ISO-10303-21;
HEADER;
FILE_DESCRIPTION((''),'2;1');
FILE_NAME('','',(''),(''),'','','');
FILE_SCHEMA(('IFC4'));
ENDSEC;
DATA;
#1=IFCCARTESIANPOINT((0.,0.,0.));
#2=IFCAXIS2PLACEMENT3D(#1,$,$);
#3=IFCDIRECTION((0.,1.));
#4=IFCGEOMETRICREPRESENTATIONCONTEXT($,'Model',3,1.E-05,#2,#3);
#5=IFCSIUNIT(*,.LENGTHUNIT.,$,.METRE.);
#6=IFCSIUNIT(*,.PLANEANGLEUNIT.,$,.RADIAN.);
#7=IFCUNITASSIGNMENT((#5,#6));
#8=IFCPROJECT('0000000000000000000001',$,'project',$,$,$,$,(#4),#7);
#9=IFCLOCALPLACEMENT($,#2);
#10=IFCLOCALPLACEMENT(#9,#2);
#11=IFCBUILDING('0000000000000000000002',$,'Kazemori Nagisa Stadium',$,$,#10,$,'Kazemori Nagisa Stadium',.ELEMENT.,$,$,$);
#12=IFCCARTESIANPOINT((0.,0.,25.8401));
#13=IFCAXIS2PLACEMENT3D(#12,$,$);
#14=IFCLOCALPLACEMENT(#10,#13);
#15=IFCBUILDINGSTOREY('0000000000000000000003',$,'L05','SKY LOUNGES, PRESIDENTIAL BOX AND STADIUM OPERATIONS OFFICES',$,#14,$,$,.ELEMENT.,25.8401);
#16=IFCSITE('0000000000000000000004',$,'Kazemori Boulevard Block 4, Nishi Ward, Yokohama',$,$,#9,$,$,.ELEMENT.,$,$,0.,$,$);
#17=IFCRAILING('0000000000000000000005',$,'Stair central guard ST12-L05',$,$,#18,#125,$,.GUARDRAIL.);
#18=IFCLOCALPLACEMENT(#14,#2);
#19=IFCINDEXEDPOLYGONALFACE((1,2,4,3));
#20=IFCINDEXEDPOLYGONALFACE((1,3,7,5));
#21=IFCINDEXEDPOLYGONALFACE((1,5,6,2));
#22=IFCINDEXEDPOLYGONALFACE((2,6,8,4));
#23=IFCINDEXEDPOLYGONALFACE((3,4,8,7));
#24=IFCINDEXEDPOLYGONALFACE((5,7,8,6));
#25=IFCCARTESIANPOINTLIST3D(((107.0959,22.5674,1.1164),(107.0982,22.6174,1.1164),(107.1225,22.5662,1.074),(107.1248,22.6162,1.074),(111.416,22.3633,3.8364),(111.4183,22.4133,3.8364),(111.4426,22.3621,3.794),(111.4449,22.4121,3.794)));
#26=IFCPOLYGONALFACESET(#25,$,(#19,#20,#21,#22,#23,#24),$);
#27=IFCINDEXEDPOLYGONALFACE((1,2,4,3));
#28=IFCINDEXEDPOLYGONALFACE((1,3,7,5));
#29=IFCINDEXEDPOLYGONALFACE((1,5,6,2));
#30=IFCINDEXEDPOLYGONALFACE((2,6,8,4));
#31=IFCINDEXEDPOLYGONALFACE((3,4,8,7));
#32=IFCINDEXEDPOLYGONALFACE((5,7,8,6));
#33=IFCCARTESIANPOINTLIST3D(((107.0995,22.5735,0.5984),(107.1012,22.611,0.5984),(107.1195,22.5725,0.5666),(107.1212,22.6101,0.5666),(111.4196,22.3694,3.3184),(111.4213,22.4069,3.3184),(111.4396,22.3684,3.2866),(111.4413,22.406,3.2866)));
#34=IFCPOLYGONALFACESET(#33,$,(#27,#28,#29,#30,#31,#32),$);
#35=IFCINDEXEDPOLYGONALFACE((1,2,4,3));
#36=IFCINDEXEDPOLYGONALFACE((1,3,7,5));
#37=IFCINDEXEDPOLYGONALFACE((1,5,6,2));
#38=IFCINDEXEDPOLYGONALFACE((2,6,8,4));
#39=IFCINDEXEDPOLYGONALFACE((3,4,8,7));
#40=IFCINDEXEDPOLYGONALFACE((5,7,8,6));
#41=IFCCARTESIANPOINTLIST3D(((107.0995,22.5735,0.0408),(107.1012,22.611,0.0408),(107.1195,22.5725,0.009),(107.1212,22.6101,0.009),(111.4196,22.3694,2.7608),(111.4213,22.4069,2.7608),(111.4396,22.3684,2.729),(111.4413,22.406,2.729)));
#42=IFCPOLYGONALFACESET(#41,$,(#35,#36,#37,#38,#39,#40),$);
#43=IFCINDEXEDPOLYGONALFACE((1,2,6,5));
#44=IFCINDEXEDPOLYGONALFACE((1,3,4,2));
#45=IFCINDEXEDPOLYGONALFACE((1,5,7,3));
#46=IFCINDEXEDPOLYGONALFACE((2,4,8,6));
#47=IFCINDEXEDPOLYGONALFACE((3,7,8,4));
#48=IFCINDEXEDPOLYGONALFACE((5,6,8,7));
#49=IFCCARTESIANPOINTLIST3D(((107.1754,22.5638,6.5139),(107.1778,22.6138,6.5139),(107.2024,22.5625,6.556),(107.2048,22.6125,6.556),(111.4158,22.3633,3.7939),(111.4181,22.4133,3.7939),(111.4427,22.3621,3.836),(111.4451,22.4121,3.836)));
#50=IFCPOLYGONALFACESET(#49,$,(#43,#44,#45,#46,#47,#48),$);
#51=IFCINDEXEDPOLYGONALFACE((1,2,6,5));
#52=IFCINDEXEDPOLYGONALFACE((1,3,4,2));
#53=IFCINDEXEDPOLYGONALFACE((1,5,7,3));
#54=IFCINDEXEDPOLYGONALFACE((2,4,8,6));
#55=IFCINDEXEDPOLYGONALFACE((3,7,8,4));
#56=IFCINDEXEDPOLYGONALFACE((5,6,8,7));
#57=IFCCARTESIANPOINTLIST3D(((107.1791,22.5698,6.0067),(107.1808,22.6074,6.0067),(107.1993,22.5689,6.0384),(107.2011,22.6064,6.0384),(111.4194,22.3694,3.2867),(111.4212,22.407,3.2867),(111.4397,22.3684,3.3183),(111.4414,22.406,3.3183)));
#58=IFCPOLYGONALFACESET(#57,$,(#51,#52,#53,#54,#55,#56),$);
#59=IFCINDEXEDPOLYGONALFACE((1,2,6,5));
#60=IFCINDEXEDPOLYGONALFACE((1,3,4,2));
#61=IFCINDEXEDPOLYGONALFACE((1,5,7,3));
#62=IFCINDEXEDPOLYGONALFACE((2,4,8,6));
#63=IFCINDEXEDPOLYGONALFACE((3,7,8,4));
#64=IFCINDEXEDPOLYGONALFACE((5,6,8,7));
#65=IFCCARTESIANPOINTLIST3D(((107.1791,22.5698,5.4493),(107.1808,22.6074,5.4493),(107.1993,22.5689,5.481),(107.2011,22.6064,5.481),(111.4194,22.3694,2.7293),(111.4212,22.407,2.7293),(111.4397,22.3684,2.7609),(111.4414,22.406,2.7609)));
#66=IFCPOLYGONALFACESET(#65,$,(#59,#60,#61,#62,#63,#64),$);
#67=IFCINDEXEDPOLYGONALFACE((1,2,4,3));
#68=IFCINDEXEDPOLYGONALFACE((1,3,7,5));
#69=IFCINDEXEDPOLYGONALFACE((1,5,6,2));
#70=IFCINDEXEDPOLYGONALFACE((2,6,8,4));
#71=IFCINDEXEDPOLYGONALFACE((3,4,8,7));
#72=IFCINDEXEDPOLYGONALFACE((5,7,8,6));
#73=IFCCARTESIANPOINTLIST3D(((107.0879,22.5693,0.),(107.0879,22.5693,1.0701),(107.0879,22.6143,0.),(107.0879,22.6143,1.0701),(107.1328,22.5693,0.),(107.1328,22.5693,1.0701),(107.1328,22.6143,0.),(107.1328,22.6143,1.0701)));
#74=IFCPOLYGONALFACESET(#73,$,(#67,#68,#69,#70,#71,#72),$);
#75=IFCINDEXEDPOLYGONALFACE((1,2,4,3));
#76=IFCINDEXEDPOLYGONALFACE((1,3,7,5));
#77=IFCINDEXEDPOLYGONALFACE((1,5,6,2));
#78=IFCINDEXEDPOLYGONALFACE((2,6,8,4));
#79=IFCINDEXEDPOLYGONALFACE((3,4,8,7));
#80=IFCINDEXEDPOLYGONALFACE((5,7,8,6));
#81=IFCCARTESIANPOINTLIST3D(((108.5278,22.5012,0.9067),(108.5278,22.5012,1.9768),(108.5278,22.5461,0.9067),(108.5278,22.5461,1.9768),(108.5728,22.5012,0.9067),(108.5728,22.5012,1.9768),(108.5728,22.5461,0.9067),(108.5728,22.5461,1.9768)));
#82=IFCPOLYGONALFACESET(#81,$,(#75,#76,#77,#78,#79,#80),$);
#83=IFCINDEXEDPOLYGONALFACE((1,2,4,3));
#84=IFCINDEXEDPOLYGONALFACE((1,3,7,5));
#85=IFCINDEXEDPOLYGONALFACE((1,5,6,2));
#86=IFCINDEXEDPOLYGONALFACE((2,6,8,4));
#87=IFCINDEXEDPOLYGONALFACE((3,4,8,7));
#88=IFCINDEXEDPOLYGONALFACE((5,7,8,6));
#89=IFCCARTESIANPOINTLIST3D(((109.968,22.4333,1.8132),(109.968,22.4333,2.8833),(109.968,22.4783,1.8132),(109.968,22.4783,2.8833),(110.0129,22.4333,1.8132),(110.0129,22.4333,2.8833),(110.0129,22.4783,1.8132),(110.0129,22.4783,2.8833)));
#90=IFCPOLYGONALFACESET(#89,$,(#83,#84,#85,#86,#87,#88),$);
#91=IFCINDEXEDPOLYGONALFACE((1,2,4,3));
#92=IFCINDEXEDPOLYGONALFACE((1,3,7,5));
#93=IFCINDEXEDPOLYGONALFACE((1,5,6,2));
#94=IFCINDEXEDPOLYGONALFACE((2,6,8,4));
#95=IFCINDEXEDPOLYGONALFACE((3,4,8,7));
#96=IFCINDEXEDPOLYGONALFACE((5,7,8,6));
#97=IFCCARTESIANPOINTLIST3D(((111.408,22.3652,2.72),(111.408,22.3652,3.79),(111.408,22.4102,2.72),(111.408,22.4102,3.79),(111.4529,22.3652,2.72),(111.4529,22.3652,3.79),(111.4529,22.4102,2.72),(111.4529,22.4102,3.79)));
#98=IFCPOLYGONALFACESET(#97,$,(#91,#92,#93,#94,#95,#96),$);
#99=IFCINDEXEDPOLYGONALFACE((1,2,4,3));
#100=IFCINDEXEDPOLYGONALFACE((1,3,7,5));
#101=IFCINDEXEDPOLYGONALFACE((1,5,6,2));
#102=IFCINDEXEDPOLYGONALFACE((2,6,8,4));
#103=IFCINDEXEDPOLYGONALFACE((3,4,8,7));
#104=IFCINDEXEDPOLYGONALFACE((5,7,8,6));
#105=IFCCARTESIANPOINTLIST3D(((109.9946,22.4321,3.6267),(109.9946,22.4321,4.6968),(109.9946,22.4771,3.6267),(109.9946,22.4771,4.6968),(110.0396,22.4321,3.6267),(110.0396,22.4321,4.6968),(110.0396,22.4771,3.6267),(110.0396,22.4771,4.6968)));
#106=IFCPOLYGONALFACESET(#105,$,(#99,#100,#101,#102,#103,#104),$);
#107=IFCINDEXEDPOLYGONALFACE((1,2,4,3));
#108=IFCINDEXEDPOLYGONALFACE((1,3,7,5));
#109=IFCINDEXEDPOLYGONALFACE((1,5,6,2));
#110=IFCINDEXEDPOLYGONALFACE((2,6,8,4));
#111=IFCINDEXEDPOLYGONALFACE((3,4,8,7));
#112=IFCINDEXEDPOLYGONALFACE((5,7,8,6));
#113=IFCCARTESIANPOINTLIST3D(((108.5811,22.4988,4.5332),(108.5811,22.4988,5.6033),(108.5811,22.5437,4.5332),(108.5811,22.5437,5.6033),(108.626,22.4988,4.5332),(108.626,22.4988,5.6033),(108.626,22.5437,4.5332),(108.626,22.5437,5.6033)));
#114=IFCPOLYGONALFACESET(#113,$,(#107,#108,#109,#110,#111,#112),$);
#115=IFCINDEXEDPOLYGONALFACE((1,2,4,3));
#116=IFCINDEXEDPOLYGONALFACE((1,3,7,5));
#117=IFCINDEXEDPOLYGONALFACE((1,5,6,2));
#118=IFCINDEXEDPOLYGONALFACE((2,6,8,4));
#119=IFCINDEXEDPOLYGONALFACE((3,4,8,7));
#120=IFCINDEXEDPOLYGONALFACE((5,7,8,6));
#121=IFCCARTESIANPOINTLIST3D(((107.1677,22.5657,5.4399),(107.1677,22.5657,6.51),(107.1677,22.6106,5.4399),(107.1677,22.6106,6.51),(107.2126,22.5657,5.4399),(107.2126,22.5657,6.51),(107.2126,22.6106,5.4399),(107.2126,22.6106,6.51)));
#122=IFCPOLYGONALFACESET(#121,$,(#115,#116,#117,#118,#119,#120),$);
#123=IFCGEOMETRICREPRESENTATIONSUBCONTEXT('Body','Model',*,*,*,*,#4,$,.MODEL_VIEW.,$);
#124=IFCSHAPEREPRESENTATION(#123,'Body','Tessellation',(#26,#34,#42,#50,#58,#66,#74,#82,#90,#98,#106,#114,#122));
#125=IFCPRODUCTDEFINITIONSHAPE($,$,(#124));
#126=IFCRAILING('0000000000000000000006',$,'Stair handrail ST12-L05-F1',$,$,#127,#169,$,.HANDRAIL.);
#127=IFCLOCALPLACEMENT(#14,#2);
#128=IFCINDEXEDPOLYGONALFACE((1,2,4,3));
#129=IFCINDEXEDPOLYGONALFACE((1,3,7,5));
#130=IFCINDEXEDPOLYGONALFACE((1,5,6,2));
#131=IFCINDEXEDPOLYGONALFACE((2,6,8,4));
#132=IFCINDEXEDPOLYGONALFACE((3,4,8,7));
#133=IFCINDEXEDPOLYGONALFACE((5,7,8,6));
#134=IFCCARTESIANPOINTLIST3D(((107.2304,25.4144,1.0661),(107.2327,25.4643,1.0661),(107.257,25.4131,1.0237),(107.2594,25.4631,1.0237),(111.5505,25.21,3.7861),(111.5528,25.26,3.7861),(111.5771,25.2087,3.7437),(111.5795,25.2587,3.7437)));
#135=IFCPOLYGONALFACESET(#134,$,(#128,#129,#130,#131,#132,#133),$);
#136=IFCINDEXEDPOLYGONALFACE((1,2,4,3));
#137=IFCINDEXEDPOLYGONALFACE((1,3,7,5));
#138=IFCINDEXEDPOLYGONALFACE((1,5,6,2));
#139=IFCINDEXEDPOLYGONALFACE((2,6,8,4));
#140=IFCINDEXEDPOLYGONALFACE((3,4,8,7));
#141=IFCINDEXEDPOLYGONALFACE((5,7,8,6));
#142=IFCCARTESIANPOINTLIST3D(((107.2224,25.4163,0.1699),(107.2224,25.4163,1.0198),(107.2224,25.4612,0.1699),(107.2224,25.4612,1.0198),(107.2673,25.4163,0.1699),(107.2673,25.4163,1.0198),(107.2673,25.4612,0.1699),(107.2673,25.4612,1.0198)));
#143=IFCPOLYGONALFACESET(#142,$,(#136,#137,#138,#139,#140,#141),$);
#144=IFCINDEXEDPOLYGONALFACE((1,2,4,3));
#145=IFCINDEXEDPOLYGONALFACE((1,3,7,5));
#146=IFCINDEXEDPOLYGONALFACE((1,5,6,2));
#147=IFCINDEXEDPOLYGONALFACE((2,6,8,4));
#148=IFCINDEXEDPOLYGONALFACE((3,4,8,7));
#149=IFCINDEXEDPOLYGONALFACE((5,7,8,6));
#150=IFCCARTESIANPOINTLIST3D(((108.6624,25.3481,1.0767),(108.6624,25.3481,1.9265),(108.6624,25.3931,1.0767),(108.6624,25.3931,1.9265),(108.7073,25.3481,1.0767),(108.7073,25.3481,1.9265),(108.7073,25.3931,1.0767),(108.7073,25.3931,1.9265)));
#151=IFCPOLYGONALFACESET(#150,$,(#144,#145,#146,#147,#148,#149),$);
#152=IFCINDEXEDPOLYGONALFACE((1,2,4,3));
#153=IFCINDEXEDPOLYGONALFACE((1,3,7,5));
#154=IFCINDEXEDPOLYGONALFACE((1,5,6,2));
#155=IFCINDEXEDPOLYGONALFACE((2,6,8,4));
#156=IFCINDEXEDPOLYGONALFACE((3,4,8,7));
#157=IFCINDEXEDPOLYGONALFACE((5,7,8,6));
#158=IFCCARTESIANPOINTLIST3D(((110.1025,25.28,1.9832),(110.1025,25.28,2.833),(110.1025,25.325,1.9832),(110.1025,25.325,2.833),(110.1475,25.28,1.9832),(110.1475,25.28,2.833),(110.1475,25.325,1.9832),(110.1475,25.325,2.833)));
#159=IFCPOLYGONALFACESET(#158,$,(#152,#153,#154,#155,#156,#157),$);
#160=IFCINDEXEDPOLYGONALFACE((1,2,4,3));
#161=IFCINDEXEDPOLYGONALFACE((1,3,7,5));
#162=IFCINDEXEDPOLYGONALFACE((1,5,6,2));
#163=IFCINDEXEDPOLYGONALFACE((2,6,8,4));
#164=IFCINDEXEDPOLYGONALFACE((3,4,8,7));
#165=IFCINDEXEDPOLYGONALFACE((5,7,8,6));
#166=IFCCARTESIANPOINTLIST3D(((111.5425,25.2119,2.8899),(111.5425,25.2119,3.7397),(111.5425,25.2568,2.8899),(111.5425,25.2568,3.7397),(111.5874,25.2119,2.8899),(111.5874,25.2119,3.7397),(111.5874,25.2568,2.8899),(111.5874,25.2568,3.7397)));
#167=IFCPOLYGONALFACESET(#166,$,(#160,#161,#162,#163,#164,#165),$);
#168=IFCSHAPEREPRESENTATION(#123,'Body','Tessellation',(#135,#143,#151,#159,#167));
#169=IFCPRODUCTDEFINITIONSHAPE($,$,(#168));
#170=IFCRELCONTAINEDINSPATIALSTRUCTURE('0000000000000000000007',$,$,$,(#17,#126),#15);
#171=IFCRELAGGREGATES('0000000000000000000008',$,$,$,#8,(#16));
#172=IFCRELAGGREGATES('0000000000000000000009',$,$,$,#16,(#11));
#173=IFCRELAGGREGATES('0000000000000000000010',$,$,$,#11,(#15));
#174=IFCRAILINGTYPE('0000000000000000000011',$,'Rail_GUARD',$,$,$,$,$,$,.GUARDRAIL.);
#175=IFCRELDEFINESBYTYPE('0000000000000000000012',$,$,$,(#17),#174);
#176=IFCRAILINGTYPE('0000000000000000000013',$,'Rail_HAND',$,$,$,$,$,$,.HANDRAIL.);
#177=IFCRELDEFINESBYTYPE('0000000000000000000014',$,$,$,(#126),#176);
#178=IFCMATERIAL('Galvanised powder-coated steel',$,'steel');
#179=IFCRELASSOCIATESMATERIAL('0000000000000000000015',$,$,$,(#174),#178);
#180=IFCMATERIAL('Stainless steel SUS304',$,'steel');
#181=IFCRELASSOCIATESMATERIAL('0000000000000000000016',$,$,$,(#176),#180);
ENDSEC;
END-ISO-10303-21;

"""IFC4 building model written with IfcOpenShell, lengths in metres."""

from ifc_helpers import new_model, si_unit, direction, frame, origin, origin_2d, place, context, subcontext, project, spatial, rectangle, extrude, material, type_object, element, save


model = new_model("IFC4")

# Units and contexts
model_context = context("Model", 3, precision=1e-05, world=origin(), true_north=direction((0.0, 1.0)))
body_context = subcontext(model_context, "Body", "Model", "MODEL_VIEW")
ifc_project = project(units=[si_unit("LENGTHUNIT", "METRE"), si_unit("PLANEANGLEUNIT", "RADIAN")], contexts=[model_context])

# Site, building, storey
site_placement = place(None, origin())
site = spatial("IfcSite", under=ifc_project, at=site_placement, Name="Kazemori Boulevard Block 4, Nishi Ward, Yokohama", CompositionType="ELEMENT", RefElevation=0.0)
building_placement = place(site_placement, origin())
building = spatial("IfcBuilding", under=site, at=building_placement, Name="Kazemori Nagisa Stadium", LongName="Kazemori Nagisa Stadium", CompositionType="ELEMENT")
storey_placement = place(building_placement, frame((0.0, 0.0, 25.8401)))
storey = spatial("IfcBuildingStorey", under=building, at=storey_placement, Name="L05", Description="SKY LOUNGES, PRESIDENTIAL BOX AND STADIUM OPERATIONS OFFICES", CompositionType="ELEMENT", Elevation=25.8401)

# Railings
ifc_material_1 = material(Name="Galvanised powder-coated steel", Category="steel")
railing_type_1 = type_object("IfcRailingType", Name="Rail_GUARD", PredefinedType="GUARDRAIL", material=ifc_material_1)
railing_1_placement = place(storey_placement, frame((107.1104, 22.5918, 0.0)))
element("IfcRailing", 1, at=railing_1_placement, inside=storey, type_object=railing_type_1, Name="Stair central guard ST12-L05", PredefinedType="GUARDRAIL", context=body_context, shape_type="SweptSolid", body=[
    extrude(rectangle(XDim=0.05, YDim=0.05, at=origin_2d()), frame((0.0, 0.0, 1.0952), z_axis=(0.845564, -0.039949, 0.532378), x_axis=(0.047192, 0.998886, 0.0)), (0.0, 0.0, 1.0), 5.1091),
    extrude(rectangle(XDim=0.0376, YDim=0.0376, at=origin_2d()), frame((0.0, 0.0, 0.5825), z_axis=(0.845564, -0.039949, 0.532378), x_axis=(0.047192, 0.998886, 0.0)), (0.0, 0.0, 1.0), 5.1091),
    extrude(rectangle(XDim=0.0376, YDim=0.0376, at=origin_2d()), frame((0.0, 0.0, 0.0249), z_axis=(0.845564, -0.039949, 0.532378), x_axis=(0.047192, 0.998886, 0.0)), (0.0, 0.0, 1.0), 5.1091),
    extrude(rectangle(XDim=0.05, YDim=0.05, at=origin_2d()), frame((4.3201, -0.2041, 3.8149), z_axis=(-0.841045, 0.039757, 0.539503), x_axis=(-0.047218, -0.998885, 0.0)), (0.0, 0.0, 1.0), 5.0417),
    extrude(rectangle(XDim=0.0376, YDim=0.0376, at=origin_2d()), frame((4.3201, -0.2041, 3.3025), z_axis=(-0.841045, 0.039757, 0.539503), x_axis=(-0.047218, -0.998885, 0.0)), (0.0, 0.0, 1.0), 5.0417),
    extrude(rectangle(XDim=0.0376, YDim=0.0376, at=origin_2d()), frame((4.3201, -0.2041, 2.7451), z_axis=(-0.841045, 0.039757, 0.539503), x_axis=(-0.047218, -0.998885, 0.0)), (0.0, 0.0, 1.0), 5.0417),
    extrude(rectangle(XDim=0.0449, YDim=0.0449, at=origin_2d()), origin(), (0.0, 0.0, 1.0), 1.0701),
    extrude(rectangle(XDim=0.0449, YDim=0.0449, at=origin_2d()), frame((1.4399, -0.0681, 0.9067)), (0.0, 0.0, 1.0), 1.0701),
    extrude(rectangle(XDim=0.0449, YDim=0.0449, at=origin_2d()), frame((2.8801, -0.136, 1.8132)), (0.0, 0.0, 1.0), 1.0701),
    extrude(rectangle(XDim=0.0449, YDim=0.0449, at=origin_2d()), frame((4.3201, -0.2041, 2.72)), (0.0, 0.0, 1.0), 1.0701),
    extrude(rectangle(XDim=0.0449, YDim=0.0449, at=origin_2d()), frame((2.9067, -0.1372, 3.6267)), (0.0, 0.0, 1.0), 1.0701),
    extrude(rectangle(XDim=0.0449, YDim=0.0449, at=origin_2d()), frame((1.4932, -0.0706, 4.5332)), (0.0, 0.0, 1.0), 1.0701),
    extrude(rectangle(XDim=0.0449, YDim=0.0449, at=origin_2d()), frame((0.0798, -0.0037, 5.4399)), (0.0, 0.0, 1.0), 1.0701),
])
ifc_material_2 = material(Name="Stainless steel SUS304", Category="steel")
railing_type_2 = type_object("IfcRailingType", Name="Rail_HAND", PredefinedType="HANDRAIL", material=ifc_material_2)
railing_2_placement = place(storey_placement, frame((107.2449, 25.4387, 0.1699)))
element("IfcRailing", 2, at=railing_2_placement, inside=storey, type_object=railing_type_2, Name="Stair handrail ST12-L05-F1", PredefinedType="HANDRAIL", context=body_context, shape_type="SweptSolid", body=[
    extrude(rectangle(XDim=0.05, YDim=0.05, at=origin_2d()), frame((0.0, 0.0, 0.875), z_axis=(0.845562, -0.039996, 0.532377), x_axis=(0.047249, 0.998883, 0.0)), (0.0, 0.0, 1.0), 5.1091),
    extrude(rectangle(XDim=0.0449, YDim=0.0449, at=origin_2d()), origin(), (0.0, 0.0, 1.0), 0.8499),
    extrude(rectangle(XDim=0.0449, YDim=0.0449, at=origin_2d()), frame((1.4399, -0.0681, 0.9067)), (0.0, 0.0, 1.0), 0.8499),
    extrude(rectangle(XDim=0.0449, YDim=0.0449, at=origin_2d()), frame((2.8801, -0.1362, 1.8132)), (0.0, 0.0, 1.0), 0.8499),
    extrude(rectangle(XDim=0.0449, YDim=0.0449, at=origin_2d()), frame((4.3201, -0.2043, 2.72)), (0.0, 0.0, 1.0), 0.8499),
])

save(model, "model.ifc")
